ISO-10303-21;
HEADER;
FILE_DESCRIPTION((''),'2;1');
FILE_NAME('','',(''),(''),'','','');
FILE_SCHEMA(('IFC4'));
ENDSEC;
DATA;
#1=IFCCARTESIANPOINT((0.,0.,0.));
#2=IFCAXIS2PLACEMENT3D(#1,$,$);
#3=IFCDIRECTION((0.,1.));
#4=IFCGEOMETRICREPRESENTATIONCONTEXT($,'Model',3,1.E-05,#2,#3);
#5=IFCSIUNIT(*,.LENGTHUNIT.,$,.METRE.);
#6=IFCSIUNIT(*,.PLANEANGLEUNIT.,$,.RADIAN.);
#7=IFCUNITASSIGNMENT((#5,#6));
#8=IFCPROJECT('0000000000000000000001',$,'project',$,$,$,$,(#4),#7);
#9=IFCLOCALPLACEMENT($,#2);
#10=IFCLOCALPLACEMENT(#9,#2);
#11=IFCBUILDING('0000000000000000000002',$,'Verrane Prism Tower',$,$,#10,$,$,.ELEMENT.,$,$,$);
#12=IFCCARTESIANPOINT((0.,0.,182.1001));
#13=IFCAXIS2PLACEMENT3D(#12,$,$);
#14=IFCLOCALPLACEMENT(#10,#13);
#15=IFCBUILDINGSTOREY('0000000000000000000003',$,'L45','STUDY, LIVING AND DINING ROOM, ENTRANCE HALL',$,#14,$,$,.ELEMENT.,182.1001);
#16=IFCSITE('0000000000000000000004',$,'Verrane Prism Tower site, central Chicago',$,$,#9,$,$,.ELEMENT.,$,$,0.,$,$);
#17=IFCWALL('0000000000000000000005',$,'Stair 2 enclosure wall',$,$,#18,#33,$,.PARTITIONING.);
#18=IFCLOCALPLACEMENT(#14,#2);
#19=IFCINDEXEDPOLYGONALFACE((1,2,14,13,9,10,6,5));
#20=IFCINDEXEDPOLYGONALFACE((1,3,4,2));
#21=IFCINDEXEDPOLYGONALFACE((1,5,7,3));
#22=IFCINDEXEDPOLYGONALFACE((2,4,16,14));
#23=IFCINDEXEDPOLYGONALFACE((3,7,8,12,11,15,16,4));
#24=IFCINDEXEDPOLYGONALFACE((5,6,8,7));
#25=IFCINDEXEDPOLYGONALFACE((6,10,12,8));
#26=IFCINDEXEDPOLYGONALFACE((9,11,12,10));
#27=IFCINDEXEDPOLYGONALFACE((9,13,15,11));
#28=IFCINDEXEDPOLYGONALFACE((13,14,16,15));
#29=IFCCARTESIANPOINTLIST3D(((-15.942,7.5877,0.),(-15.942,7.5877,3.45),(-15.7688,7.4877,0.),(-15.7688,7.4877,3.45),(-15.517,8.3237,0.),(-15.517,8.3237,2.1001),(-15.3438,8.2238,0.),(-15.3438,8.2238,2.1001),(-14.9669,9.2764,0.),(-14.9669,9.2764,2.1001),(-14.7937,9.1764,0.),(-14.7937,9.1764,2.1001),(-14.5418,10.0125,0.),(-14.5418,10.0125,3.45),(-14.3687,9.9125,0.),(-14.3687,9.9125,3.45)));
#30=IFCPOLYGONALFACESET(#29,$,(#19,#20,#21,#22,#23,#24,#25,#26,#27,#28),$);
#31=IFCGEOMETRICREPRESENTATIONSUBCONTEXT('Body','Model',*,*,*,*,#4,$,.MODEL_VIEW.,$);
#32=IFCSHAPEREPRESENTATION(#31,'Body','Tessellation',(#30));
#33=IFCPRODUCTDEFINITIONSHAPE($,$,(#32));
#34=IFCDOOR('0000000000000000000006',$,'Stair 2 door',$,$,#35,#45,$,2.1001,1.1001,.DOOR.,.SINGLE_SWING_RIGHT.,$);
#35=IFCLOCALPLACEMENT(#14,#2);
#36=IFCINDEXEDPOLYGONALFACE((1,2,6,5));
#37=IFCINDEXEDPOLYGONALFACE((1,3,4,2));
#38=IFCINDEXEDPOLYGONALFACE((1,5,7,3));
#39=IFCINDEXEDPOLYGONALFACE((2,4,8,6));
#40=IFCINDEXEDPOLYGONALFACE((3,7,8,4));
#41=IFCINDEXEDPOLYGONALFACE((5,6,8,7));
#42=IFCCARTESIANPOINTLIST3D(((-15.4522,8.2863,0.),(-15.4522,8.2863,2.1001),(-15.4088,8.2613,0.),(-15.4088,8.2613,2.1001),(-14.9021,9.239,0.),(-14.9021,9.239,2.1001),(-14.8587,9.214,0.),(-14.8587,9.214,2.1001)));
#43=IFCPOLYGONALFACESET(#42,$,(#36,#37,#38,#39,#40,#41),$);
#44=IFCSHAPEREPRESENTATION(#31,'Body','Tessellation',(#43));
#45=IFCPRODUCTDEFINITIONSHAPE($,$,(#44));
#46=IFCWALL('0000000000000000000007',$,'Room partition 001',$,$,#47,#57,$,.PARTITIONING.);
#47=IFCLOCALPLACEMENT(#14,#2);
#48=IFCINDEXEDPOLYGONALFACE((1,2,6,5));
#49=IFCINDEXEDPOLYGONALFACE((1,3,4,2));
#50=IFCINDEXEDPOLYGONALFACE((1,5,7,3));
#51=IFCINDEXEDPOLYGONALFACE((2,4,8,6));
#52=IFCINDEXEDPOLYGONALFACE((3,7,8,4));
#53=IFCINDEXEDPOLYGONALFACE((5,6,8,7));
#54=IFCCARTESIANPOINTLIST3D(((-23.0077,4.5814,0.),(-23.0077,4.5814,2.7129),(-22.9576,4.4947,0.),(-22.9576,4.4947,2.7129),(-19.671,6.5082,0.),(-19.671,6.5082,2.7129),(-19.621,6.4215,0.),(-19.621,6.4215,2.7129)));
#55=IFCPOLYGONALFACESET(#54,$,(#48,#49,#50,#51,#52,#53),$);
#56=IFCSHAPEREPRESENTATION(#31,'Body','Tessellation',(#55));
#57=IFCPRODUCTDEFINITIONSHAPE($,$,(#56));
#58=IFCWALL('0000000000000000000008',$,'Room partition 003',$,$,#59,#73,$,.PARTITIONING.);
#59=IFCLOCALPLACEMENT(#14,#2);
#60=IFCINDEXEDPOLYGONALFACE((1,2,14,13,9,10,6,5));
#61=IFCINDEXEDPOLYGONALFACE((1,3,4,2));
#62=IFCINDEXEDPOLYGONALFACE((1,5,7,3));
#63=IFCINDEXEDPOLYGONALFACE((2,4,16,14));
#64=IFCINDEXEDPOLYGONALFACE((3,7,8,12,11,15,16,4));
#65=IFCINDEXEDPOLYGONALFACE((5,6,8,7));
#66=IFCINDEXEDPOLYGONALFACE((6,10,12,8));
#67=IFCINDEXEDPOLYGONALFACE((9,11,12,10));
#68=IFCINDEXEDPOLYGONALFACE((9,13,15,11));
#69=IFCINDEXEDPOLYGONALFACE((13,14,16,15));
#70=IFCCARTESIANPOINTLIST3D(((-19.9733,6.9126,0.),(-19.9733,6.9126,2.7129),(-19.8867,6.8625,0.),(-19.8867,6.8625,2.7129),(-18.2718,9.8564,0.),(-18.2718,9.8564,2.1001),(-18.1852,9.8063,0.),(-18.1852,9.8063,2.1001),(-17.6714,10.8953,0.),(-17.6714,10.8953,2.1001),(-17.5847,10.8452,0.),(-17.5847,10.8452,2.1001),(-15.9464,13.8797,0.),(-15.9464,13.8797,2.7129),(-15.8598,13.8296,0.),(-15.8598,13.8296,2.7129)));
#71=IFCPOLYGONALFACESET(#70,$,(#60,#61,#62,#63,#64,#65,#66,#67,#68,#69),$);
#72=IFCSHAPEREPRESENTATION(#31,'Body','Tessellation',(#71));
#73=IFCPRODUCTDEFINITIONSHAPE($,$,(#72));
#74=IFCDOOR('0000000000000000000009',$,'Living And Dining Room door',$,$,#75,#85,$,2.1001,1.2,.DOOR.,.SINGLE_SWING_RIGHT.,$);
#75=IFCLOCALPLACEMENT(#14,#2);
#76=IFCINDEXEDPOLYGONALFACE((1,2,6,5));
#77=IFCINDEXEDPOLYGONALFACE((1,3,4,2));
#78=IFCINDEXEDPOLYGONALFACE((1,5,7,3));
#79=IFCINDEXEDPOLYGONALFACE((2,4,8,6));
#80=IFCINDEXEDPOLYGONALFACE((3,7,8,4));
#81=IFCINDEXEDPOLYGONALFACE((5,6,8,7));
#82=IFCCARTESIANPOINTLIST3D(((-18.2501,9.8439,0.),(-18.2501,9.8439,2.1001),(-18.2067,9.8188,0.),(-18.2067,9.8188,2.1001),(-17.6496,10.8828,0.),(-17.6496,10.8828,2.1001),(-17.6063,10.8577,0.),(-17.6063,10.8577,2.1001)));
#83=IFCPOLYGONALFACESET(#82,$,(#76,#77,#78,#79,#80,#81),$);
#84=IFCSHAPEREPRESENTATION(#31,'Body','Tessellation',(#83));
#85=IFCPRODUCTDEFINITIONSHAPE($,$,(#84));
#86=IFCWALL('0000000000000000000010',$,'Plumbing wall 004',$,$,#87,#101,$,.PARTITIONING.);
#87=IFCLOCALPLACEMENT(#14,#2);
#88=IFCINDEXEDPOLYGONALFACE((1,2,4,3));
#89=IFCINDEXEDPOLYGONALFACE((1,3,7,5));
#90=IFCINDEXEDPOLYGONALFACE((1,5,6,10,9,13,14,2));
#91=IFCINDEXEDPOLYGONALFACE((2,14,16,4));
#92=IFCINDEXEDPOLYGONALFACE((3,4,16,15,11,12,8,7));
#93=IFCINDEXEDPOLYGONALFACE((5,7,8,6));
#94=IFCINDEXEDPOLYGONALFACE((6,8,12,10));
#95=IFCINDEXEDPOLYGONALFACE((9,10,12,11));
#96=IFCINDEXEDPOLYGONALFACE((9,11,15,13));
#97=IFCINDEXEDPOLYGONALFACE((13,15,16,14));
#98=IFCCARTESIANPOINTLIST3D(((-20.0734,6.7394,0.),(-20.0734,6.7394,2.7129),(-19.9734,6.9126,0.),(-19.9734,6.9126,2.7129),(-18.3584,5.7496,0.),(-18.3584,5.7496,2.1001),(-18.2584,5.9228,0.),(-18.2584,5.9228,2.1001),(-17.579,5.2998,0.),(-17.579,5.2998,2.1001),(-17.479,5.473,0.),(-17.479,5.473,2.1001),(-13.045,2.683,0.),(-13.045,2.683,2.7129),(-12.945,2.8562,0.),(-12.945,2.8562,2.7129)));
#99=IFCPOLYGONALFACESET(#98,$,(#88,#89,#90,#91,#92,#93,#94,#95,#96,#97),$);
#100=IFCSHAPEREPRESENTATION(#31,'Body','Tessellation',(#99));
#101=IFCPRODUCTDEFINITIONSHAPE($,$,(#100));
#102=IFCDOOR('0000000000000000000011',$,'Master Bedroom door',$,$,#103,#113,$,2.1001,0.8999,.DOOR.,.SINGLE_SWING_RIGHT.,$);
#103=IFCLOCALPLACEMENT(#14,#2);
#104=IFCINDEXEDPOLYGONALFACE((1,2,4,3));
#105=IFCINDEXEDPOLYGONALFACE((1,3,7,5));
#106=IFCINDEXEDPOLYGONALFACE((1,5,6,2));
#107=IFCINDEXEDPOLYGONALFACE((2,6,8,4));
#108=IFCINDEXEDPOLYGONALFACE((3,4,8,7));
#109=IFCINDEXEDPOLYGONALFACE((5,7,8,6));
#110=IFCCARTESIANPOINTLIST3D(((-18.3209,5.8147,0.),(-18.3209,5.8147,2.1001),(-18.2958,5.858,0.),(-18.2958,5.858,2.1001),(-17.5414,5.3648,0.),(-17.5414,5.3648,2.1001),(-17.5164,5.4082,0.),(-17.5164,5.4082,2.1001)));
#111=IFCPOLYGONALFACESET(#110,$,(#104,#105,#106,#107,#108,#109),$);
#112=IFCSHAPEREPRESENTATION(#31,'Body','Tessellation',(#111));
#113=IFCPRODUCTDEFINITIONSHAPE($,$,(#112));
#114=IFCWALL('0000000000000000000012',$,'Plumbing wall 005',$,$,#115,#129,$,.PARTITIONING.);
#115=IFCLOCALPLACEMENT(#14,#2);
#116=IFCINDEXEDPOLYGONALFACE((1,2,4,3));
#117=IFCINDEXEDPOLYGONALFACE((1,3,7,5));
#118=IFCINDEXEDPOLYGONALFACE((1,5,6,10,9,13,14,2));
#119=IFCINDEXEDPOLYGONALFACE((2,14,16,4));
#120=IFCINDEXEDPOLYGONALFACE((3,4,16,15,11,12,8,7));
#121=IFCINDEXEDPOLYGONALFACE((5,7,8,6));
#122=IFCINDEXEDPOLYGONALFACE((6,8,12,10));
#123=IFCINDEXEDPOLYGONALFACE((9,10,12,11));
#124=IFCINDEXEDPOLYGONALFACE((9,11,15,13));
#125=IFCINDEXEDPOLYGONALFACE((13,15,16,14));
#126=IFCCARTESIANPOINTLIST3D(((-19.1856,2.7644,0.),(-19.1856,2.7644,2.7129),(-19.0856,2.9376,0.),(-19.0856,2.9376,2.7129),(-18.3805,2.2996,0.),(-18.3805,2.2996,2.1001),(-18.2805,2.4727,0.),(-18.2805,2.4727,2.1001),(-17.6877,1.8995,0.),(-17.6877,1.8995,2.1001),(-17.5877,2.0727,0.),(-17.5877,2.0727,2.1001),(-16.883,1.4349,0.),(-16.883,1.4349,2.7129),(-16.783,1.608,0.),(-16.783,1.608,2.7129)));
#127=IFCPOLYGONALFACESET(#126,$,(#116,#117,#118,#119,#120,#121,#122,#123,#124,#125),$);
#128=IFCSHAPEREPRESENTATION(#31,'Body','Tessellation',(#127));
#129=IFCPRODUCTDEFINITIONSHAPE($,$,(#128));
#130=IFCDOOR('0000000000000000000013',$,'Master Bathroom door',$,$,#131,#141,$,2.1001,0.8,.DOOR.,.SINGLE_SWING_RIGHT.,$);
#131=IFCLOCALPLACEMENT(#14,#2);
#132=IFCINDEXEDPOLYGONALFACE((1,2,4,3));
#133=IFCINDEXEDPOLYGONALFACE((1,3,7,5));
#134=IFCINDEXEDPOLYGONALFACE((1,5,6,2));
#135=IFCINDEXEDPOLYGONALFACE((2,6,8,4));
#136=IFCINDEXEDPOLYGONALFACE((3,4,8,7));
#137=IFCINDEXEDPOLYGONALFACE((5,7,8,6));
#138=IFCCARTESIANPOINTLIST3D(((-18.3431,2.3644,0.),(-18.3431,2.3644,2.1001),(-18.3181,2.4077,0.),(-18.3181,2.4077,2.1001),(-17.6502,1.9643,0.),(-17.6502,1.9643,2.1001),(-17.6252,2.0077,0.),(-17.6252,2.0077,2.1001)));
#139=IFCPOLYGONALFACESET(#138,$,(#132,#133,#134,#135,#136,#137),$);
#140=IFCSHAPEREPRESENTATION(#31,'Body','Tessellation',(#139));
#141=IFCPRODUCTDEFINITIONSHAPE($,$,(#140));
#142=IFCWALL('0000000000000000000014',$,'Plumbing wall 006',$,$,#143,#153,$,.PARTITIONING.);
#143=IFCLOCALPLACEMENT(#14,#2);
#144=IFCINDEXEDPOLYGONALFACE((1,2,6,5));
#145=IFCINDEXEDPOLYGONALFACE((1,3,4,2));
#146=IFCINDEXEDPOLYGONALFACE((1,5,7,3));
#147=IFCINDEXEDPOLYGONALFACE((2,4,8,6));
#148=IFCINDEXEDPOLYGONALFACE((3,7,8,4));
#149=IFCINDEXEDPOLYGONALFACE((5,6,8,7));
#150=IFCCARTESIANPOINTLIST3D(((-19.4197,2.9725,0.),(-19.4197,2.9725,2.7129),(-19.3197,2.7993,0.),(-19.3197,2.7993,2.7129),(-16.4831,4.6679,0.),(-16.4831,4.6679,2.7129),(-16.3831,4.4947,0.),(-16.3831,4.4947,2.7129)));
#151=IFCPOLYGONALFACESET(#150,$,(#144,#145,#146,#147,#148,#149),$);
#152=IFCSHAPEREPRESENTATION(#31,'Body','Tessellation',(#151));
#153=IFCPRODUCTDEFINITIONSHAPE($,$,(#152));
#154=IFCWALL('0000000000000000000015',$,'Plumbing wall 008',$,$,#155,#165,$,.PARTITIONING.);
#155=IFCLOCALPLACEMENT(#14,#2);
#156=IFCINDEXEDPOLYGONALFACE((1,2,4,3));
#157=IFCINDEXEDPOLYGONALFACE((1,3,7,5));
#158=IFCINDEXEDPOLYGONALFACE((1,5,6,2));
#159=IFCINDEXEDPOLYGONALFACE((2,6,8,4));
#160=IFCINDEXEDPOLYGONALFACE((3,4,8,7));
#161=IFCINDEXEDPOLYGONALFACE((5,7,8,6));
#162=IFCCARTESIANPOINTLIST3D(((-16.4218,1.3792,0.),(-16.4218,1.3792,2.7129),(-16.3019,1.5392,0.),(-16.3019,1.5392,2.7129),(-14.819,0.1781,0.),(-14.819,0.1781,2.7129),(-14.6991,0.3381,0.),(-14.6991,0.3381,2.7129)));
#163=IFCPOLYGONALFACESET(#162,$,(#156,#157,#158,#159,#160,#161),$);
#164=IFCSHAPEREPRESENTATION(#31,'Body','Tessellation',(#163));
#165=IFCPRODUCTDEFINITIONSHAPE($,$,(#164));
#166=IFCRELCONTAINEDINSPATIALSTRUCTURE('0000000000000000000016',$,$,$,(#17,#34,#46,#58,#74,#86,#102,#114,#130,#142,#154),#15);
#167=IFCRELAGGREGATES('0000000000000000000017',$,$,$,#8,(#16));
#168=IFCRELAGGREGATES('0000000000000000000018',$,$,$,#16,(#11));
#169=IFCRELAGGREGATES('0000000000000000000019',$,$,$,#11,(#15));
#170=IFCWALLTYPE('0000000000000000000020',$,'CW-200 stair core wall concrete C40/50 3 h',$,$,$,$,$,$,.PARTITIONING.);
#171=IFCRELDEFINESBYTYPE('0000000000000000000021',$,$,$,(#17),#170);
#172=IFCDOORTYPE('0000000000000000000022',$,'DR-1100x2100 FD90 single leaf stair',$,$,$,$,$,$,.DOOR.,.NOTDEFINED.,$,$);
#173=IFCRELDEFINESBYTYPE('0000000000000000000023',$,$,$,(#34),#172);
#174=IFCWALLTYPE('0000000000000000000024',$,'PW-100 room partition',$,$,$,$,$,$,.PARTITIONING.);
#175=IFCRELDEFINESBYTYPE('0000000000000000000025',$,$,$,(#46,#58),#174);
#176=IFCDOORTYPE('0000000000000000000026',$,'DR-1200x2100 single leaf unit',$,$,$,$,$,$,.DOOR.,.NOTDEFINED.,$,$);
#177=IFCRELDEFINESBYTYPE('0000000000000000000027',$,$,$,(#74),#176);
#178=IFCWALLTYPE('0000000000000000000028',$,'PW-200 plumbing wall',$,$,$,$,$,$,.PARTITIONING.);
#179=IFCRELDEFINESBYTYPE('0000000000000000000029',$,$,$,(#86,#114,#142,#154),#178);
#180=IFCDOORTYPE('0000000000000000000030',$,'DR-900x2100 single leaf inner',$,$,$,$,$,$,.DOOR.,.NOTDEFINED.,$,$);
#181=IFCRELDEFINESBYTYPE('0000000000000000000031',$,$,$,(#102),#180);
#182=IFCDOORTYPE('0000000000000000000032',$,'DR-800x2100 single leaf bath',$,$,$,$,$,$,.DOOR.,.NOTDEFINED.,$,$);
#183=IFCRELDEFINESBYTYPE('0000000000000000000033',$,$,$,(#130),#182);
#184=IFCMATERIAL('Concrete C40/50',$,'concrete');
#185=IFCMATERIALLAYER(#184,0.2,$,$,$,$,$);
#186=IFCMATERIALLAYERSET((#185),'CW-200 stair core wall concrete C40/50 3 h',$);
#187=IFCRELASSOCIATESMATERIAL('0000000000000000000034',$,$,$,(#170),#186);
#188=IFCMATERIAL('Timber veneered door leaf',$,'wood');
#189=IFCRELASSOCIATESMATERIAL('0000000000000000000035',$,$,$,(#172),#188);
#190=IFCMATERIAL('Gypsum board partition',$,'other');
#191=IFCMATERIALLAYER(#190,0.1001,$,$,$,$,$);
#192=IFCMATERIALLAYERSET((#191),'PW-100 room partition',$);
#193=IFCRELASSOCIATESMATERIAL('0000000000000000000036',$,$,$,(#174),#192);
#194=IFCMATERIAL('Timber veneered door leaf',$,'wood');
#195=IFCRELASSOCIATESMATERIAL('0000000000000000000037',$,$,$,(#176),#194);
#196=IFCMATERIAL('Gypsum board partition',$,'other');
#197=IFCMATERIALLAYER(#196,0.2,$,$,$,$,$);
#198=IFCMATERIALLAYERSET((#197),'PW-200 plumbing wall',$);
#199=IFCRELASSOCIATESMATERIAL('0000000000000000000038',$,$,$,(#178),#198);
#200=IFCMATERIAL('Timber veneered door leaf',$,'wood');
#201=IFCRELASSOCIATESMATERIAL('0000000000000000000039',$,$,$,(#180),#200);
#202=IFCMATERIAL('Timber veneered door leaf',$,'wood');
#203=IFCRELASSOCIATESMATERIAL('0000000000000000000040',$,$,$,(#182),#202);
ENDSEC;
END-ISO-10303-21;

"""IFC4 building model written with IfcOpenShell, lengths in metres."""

from ifc_helpers import new_model, si_unit, direction, frame, frame_2d, origin, place, context, subcontext, project, spatial, rectangle, extrude, material, layer, layer_set, type_object, element, fill, save


model = new_model("IFC4")

# Units and contexts
model_context = context("Model", 3, precision=1e-05, world=origin(), true_north=direction((0.0, 1.0)))
body_context = subcontext(model_context, "Body", "Model", "MODEL_VIEW")
ifc_project = project(units=[si_unit("LENGTHUNIT", "METRE"), si_unit("PLANEANGLEUNIT", "RADIAN")], contexts=[model_context])

# Site, building, storey
site_placement = place(None, origin())
site = spatial("IfcSite", under=ifc_project, at=site_placement, Name="Verrane Prism Tower site, central Chicago", CompositionType="ELEMENT", RefElevation=0.0)
building_placement = place(site_placement, origin())
building = spatial("IfcBuilding", under=site, at=building_placement, Name="Verrane Prism Tower", CompositionType="ELEMENT")
storey_placement = place(building_placement, frame((0.0, 0.0, 182.1001)))
storey = spatial("IfcBuildingStorey", under=building, at=storey_placement, Name="L45", Description="STUDY, LIVING AND DINING ROOM, ENTRANCE HALL", CompositionType="ELEMENT", Elevation=182.1001)

# Wall, opening, door
ifc_material_1 = material(Name="Concrete C40/50", Category="concrete")
ifc_layer_1 = layer(ifc_material_1, 0.2)
ifc_layer_set_1 = layer_set([ifc_layer_1], Name="CW-200 stair core wall concrete C40/50 3 h")
wall_type_1 = type_object("IfcWallType", Name="CW-200 stair core wall concrete C40/50 3 h", PredefinedType="PARTITIONING", material=ifc_layer_set_1)
wall_1_placement = place(storey_placement, frame((-14.4553, 9.9624, 0.0), z_axis=(0.0, 0.0, 1.0), x_axis=(-0.50005, -0.865997, 0.0)))
wall_1 = element("IfcWall", 1, at=wall_1_placement, inside=storey, type_object=wall_type_1, Name="Stair 2 enclosure wall", PredefinedType="PARTITIONING", context=body_context, shape_type="SweptSolid", body=[
    extrude(rectangle(XDim=2.8, YDim=0.2, at=frame_2d((1.3999, 0.0))), origin(), (0.0, 0.0, 1.0), 3.45),
])
opening_1_placement = place(wall_1_placement, frame((0.8499, 0.0, 0.0)))
opening_1 = element("IfcOpeningElement", 2, at=opening_1_placement, cuts=wall_1, PredefinedType="OPENING", context=body_context, shape_type="SweptSolid", body=[
    extrude(rectangle(XDim=1.1001, YDim=2.1001, at=frame_2d((0.55, 1.05))), frame((0.0, 0.1099, 0.0), z_axis=(0.0, -1.0, 0.0), x_axis=(1.0, 0.0, 0.0)), (0.0, 0.0, 1.0), 0.22),
])
ifc_material_2 = material(Name="Timber veneered door leaf", Category="wood")
door_type_1 = type_object("IfcDoorType", Name="DR-1100x2100 FD90 single leaf stair", OperationType="NOTDEFINED", PredefinedType="DOOR", material=ifc_material_2)
door_1_placement = place(opening_1_placement, origin())
door_1 = element("IfcDoor", 3, at=door_1_placement, inside=storey, type_object=door_type_1, Name="Stair 2 door", OperationType="SINGLE_SWING_RIGHT", OverallHeight=2.1001, OverallWidth=1.1001, PredefinedType="DOOR", context=body_context, shape_type="SweptSolid", body=[
    extrude(rectangle(XDim=1.1001, YDim=2.1001, at=frame_2d((0.55, 1.05))), frame((0.0, 0.0249, 0.0), z_axis=(0.0, -1.0, 0.0), x_axis=(1.0, 0.0, 0.0)), (0.0, 0.0, 1.0), 0.05),
])
fill(opening_1, door_1)

# Wall
ifc_material_3 = material(Name="Gypsum board partition", Category="other")
ifc_layer_2 = layer(ifc_material_3, 0.1001)
ifc_layer_set_2 = layer_set([ifc_layer_2], Name="PW-100 room partition")
wall_type_2 = type_object("IfcWallType", Name="PW-100 room partition", PredefinedType="PARTITIONING", material=ifc_layer_set_2)
wall_2_placement = place(storey_placement, frame((-22.9827, 4.5381, 0.0), z_axis=(0.0, 0.0, 1.0), x_axis=(0.865988, 0.500064, 0.0)))
element("IfcWall", 4, at=wall_2_placement, inside=storey, type_object=wall_type_2, Name="Room partition 001", PredefinedType="PARTITIONING", context=body_context, shape_type="SweptSolid", body=[
    extrude(rectangle(XDim=3.853, YDim=0.1001, at=frame_2d((1.9265, 0.0))), origin(), (0.0, 0.0, 1.0), 2.7129),
])

# Walls, openings, doors
wall_3_placement = place(storey_placement, frame((-19.9299, 6.8877, 0.0), z_axis=(0.0, 0.0, 1.0), x_axis=(0.500413, 0.865787, 0.0)))
wall_3 = element("IfcWall", 5, at=wall_3_placement, inside=storey, type_object=wall_type_2, Name="Room partition 003", PredefinedType="PARTITIONING", context=body_context, shape_type="SweptSolid", body=[
    extrude(rectangle(XDim=8.0471, YDim=0.1001, at=frame_2d((4.0234, 0.0))), origin(), (0.0, 0.0, 1.0), 2.7129),
])
opening_2_placement = place(wall_3_placement, frame((3.3999, 0.0, 0.0)))
opening_2 = element("IfcOpeningElement", 6, at=opening_2_placement, cuts=wall_3, PredefinedType="OPENING", context=body_context, shape_type="SweptSolid", body=[
    extrude(rectangle(XDim=1.2, YDim=2.1001, at=frame_2d((0.6001, 1.05))), frame((0.0, 0.0601, 0.0), z_axis=(0.0, -1.0, 0.0), x_axis=(1.0, 0.0, 0.0)), (0.0, 0.0, 1.0), 0.1201),
])
ifc_material_4 = material(Name="Timber veneered door leaf", Category="wood")
door_type_2 = type_object("IfcDoorType", Name="DR-1200x2100 single leaf unit", OperationType="NOTDEFINED", PredefinedType="DOOR", material=ifc_material_4)
door_2_placement = place(opening_2_placement, origin())
door_2 = element("IfcDoor", 7, at=door_2_placement, inside=storey, type_object=door_type_2, Name="Living And Dining Room door", OperationType="SINGLE_SWING_RIGHT", OverallHeight=2.1001, OverallWidth=1.2, PredefinedType="DOOR", context=body_context, shape_type="SweptSolid", body=[
    extrude(rectangle(XDim=1.2, YDim=2.1001, at=frame_2d((0.6001, 1.05))), frame((0.0, 0.0249, 0.0), z_axis=(0.0, -1.0, 0.0), x_axis=(1.0, 0.0, 0.0)), (0.0, 0.0, 1.0), 0.05),
])
fill(opening_2, door_2)
ifc_material_5 = material(Name="Gypsum board partition", Category="other")
ifc_layer_3 = layer(ifc_material_5, 0.2)
ifc_layer_set_3 = layer_set([ifc_layer_3], Name="PW-200 plumbing wall")
wall_type_3 = type_object("IfcWallType", Name="PW-200 plumbing wall", PredefinedType="PARTITIONING", material=ifc_layer_set_3)
wall_4_placement = place(storey_placement, frame((-12.9949, 2.7695, 0.0), z_axis=(0.0, 0.0, 1.0), x_axis=(-0.8661, 0.49987, 0.0)))
wall_4 = element("IfcWall", 8, at=wall_4_placement, inside=storey, type_object=wall_type_3, Name="Plumbing wall 004", PredefinedType="PARTITIONING", context=body_context, shape_type="SweptSolid", body=[
    extrude(rectangle(XDim=8.115, YDim=0.2, at=frame_2d((4.0576, 0.0))), origin(), (0.0, 0.0, 1.0), 2.7129),
])
opening_3_placement = place(wall_4_placement, frame((5.2351, 0.0, 0.0)))
opening_3 = element("IfcOpeningElement", 9, at=opening_3_placement, cuts=wall_4, PredefinedType="OPENING", context=body_context, shape_type="SweptSolid", body=[
    extrude(rectangle(XDim=0.8999, YDim=2.1001, at=frame_2d((0.45, 1.05))), frame((0.0, 0.1099, 0.0), z_axis=(0.0, -1.0, 0.0), x_axis=(1.0, 0.0, 0.0)), (0.0, 0.0, 1.0), 0.22),
])
ifc_material_6 = material(Name="Timber veneered door leaf", Category="wood")
door_type_3 = type_object("IfcDoorType", Name="DR-900x2100 single leaf inner", OperationType="NOTDEFINED", PredefinedType="DOOR", material=ifc_material_6)
door_3_placement = place(opening_3_placement, origin())
door_3 = element("IfcDoor", 10, at=door_3_placement, inside=storey, type_object=door_type_3, Name="Master Bedroom door", OperationType="SINGLE_SWING_RIGHT", OverallHeight=2.1001, OverallWidth=0.8999, PredefinedType="DOOR", context=body_context, shape_type="SweptSolid", body=[
    extrude(rectangle(XDim=0.8999, YDim=2.1001, at=frame_2d((0.45, 1.05))), frame((0.0, 0.0249, 0.0), z_axis=(0.0, -1.0, 0.0), x_axis=(1.0, 0.0, 0.0)), (0.0, 0.0, 1.0), 0.05),
])
fill(opening_3, door_3)
wall_5_placement = place(storey_placement, frame((-19.1357, 2.8511, 0.0), z_axis=(0.0, 0.0, 1.0), x_axis=(0.866008, -0.50003, 0.0)))
wall_5 = element("IfcWall", 11, at=wall_5_placement, inside=storey, type_object=wall_type_3, Name="Plumbing wall 005", PredefinedType="PARTITIONING", context=body_context, shape_type="SweptSolid", body=[
    extrude(rectangle(XDim=2.6589, YDim=0.2, at=frame_2d((1.3296, 0.0))), origin(), (0.0, 0.0, 1.0), 2.7129),
])
opening_4_placement = place(wall_5_placement, frame((0.9299, 0.0, 0.0)))
opening_4 = element("IfcOpeningElement", 12, at=opening_4_placement, cuts=wall_5, PredefinedType="OPENING", context=body_context, shape_type="SweptSolid", body=[
    extrude(rectangle(XDim=0.8, YDim=2.1001, at=frame_2d((0.3999, 1.05))), frame((0.0, 0.1099, 0.0), z_axis=(0.0, -1.0, 0.0), x_axis=(1.0, 0.0, 0.0)), (0.0, 0.0, 1.0), 0.22),
])
ifc_material_7 = material(Name="Timber veneered door leaf", Category="wood")
door_type_4 = type_object("IfcDoorType", Name="DR-800x2100 single leaf bath", OperationType="NOTDEFINED", PredefinedType="DOOR", material=ifc_material_7)
door_4_placement = place(opening_4_placement, origin())
door_4 = element("IfcDoor", 13, at=door_4_placement, inside=storey, type_object=door_type_4, Name="Master Bathroom door", OperationType="SINGLE_SWING_RIGHT", OverallHeight=2.1001, OverallWidth=0.8, PredefinedType="DOOR", context=body_context, shape_type="SweptSolid", body=[
    extrude(rectangle(XDim=0.8, YDim=2.1001, at=frame_2d((0.3999, 1.05))), frame((0.0, 0.0249, 0.0), z_axis=(0.0, -1.0, 0.0), x_axis=(1.0, 0.0, 0.0)), (0.0, 0.0, 1.0), 0.05),
])
fill(opening_4, door_4)

# Walls
wall_6_placement = place(storey_placement, frame((-19.3696, 2.886, 0.0), z_axis=(0.0, 0.0, 1.0), x_axis=(0.866037, 0.49998, 0.0)))
element("IfcWall", 14, at=wall_6_placement, inside=storey, type_object=wall_type_3, Name="Plumbing wall 006", PredefinedType="PARTITIONING", context=body_context, shape_type="SweptSolid", body=[
    extrude(rectangle(XDim=3.3909, YDim=0.2, at=frame_2d((1.6953, 0.0))), origin(), (0.0, 0.0, 1.0), 2.7129),
])
wall_7_placement = place(storey_placement, frame((-16.3618, 1.4592, 0.0), z_axis=(0.0, 0.0, 1.0), x_axis=(0.800219, -0.599707, 0.0)))
element("IfcWall", 15, at=wall_7_placement, inside=storey, type_object=wall_type_3, Name="Plumbing wall 008", PredefinedType="PARTITIONING", context=body_context, shape_type="SweptSolid", body=[
    extrude(rectangle(XDim=2.0029, YDim=0.2, at=frame_2d((1.0015, 0.0))), origin(), (0.0, 0.0, 1.0), 2.7129),
])

save(model, "model.ifc")
